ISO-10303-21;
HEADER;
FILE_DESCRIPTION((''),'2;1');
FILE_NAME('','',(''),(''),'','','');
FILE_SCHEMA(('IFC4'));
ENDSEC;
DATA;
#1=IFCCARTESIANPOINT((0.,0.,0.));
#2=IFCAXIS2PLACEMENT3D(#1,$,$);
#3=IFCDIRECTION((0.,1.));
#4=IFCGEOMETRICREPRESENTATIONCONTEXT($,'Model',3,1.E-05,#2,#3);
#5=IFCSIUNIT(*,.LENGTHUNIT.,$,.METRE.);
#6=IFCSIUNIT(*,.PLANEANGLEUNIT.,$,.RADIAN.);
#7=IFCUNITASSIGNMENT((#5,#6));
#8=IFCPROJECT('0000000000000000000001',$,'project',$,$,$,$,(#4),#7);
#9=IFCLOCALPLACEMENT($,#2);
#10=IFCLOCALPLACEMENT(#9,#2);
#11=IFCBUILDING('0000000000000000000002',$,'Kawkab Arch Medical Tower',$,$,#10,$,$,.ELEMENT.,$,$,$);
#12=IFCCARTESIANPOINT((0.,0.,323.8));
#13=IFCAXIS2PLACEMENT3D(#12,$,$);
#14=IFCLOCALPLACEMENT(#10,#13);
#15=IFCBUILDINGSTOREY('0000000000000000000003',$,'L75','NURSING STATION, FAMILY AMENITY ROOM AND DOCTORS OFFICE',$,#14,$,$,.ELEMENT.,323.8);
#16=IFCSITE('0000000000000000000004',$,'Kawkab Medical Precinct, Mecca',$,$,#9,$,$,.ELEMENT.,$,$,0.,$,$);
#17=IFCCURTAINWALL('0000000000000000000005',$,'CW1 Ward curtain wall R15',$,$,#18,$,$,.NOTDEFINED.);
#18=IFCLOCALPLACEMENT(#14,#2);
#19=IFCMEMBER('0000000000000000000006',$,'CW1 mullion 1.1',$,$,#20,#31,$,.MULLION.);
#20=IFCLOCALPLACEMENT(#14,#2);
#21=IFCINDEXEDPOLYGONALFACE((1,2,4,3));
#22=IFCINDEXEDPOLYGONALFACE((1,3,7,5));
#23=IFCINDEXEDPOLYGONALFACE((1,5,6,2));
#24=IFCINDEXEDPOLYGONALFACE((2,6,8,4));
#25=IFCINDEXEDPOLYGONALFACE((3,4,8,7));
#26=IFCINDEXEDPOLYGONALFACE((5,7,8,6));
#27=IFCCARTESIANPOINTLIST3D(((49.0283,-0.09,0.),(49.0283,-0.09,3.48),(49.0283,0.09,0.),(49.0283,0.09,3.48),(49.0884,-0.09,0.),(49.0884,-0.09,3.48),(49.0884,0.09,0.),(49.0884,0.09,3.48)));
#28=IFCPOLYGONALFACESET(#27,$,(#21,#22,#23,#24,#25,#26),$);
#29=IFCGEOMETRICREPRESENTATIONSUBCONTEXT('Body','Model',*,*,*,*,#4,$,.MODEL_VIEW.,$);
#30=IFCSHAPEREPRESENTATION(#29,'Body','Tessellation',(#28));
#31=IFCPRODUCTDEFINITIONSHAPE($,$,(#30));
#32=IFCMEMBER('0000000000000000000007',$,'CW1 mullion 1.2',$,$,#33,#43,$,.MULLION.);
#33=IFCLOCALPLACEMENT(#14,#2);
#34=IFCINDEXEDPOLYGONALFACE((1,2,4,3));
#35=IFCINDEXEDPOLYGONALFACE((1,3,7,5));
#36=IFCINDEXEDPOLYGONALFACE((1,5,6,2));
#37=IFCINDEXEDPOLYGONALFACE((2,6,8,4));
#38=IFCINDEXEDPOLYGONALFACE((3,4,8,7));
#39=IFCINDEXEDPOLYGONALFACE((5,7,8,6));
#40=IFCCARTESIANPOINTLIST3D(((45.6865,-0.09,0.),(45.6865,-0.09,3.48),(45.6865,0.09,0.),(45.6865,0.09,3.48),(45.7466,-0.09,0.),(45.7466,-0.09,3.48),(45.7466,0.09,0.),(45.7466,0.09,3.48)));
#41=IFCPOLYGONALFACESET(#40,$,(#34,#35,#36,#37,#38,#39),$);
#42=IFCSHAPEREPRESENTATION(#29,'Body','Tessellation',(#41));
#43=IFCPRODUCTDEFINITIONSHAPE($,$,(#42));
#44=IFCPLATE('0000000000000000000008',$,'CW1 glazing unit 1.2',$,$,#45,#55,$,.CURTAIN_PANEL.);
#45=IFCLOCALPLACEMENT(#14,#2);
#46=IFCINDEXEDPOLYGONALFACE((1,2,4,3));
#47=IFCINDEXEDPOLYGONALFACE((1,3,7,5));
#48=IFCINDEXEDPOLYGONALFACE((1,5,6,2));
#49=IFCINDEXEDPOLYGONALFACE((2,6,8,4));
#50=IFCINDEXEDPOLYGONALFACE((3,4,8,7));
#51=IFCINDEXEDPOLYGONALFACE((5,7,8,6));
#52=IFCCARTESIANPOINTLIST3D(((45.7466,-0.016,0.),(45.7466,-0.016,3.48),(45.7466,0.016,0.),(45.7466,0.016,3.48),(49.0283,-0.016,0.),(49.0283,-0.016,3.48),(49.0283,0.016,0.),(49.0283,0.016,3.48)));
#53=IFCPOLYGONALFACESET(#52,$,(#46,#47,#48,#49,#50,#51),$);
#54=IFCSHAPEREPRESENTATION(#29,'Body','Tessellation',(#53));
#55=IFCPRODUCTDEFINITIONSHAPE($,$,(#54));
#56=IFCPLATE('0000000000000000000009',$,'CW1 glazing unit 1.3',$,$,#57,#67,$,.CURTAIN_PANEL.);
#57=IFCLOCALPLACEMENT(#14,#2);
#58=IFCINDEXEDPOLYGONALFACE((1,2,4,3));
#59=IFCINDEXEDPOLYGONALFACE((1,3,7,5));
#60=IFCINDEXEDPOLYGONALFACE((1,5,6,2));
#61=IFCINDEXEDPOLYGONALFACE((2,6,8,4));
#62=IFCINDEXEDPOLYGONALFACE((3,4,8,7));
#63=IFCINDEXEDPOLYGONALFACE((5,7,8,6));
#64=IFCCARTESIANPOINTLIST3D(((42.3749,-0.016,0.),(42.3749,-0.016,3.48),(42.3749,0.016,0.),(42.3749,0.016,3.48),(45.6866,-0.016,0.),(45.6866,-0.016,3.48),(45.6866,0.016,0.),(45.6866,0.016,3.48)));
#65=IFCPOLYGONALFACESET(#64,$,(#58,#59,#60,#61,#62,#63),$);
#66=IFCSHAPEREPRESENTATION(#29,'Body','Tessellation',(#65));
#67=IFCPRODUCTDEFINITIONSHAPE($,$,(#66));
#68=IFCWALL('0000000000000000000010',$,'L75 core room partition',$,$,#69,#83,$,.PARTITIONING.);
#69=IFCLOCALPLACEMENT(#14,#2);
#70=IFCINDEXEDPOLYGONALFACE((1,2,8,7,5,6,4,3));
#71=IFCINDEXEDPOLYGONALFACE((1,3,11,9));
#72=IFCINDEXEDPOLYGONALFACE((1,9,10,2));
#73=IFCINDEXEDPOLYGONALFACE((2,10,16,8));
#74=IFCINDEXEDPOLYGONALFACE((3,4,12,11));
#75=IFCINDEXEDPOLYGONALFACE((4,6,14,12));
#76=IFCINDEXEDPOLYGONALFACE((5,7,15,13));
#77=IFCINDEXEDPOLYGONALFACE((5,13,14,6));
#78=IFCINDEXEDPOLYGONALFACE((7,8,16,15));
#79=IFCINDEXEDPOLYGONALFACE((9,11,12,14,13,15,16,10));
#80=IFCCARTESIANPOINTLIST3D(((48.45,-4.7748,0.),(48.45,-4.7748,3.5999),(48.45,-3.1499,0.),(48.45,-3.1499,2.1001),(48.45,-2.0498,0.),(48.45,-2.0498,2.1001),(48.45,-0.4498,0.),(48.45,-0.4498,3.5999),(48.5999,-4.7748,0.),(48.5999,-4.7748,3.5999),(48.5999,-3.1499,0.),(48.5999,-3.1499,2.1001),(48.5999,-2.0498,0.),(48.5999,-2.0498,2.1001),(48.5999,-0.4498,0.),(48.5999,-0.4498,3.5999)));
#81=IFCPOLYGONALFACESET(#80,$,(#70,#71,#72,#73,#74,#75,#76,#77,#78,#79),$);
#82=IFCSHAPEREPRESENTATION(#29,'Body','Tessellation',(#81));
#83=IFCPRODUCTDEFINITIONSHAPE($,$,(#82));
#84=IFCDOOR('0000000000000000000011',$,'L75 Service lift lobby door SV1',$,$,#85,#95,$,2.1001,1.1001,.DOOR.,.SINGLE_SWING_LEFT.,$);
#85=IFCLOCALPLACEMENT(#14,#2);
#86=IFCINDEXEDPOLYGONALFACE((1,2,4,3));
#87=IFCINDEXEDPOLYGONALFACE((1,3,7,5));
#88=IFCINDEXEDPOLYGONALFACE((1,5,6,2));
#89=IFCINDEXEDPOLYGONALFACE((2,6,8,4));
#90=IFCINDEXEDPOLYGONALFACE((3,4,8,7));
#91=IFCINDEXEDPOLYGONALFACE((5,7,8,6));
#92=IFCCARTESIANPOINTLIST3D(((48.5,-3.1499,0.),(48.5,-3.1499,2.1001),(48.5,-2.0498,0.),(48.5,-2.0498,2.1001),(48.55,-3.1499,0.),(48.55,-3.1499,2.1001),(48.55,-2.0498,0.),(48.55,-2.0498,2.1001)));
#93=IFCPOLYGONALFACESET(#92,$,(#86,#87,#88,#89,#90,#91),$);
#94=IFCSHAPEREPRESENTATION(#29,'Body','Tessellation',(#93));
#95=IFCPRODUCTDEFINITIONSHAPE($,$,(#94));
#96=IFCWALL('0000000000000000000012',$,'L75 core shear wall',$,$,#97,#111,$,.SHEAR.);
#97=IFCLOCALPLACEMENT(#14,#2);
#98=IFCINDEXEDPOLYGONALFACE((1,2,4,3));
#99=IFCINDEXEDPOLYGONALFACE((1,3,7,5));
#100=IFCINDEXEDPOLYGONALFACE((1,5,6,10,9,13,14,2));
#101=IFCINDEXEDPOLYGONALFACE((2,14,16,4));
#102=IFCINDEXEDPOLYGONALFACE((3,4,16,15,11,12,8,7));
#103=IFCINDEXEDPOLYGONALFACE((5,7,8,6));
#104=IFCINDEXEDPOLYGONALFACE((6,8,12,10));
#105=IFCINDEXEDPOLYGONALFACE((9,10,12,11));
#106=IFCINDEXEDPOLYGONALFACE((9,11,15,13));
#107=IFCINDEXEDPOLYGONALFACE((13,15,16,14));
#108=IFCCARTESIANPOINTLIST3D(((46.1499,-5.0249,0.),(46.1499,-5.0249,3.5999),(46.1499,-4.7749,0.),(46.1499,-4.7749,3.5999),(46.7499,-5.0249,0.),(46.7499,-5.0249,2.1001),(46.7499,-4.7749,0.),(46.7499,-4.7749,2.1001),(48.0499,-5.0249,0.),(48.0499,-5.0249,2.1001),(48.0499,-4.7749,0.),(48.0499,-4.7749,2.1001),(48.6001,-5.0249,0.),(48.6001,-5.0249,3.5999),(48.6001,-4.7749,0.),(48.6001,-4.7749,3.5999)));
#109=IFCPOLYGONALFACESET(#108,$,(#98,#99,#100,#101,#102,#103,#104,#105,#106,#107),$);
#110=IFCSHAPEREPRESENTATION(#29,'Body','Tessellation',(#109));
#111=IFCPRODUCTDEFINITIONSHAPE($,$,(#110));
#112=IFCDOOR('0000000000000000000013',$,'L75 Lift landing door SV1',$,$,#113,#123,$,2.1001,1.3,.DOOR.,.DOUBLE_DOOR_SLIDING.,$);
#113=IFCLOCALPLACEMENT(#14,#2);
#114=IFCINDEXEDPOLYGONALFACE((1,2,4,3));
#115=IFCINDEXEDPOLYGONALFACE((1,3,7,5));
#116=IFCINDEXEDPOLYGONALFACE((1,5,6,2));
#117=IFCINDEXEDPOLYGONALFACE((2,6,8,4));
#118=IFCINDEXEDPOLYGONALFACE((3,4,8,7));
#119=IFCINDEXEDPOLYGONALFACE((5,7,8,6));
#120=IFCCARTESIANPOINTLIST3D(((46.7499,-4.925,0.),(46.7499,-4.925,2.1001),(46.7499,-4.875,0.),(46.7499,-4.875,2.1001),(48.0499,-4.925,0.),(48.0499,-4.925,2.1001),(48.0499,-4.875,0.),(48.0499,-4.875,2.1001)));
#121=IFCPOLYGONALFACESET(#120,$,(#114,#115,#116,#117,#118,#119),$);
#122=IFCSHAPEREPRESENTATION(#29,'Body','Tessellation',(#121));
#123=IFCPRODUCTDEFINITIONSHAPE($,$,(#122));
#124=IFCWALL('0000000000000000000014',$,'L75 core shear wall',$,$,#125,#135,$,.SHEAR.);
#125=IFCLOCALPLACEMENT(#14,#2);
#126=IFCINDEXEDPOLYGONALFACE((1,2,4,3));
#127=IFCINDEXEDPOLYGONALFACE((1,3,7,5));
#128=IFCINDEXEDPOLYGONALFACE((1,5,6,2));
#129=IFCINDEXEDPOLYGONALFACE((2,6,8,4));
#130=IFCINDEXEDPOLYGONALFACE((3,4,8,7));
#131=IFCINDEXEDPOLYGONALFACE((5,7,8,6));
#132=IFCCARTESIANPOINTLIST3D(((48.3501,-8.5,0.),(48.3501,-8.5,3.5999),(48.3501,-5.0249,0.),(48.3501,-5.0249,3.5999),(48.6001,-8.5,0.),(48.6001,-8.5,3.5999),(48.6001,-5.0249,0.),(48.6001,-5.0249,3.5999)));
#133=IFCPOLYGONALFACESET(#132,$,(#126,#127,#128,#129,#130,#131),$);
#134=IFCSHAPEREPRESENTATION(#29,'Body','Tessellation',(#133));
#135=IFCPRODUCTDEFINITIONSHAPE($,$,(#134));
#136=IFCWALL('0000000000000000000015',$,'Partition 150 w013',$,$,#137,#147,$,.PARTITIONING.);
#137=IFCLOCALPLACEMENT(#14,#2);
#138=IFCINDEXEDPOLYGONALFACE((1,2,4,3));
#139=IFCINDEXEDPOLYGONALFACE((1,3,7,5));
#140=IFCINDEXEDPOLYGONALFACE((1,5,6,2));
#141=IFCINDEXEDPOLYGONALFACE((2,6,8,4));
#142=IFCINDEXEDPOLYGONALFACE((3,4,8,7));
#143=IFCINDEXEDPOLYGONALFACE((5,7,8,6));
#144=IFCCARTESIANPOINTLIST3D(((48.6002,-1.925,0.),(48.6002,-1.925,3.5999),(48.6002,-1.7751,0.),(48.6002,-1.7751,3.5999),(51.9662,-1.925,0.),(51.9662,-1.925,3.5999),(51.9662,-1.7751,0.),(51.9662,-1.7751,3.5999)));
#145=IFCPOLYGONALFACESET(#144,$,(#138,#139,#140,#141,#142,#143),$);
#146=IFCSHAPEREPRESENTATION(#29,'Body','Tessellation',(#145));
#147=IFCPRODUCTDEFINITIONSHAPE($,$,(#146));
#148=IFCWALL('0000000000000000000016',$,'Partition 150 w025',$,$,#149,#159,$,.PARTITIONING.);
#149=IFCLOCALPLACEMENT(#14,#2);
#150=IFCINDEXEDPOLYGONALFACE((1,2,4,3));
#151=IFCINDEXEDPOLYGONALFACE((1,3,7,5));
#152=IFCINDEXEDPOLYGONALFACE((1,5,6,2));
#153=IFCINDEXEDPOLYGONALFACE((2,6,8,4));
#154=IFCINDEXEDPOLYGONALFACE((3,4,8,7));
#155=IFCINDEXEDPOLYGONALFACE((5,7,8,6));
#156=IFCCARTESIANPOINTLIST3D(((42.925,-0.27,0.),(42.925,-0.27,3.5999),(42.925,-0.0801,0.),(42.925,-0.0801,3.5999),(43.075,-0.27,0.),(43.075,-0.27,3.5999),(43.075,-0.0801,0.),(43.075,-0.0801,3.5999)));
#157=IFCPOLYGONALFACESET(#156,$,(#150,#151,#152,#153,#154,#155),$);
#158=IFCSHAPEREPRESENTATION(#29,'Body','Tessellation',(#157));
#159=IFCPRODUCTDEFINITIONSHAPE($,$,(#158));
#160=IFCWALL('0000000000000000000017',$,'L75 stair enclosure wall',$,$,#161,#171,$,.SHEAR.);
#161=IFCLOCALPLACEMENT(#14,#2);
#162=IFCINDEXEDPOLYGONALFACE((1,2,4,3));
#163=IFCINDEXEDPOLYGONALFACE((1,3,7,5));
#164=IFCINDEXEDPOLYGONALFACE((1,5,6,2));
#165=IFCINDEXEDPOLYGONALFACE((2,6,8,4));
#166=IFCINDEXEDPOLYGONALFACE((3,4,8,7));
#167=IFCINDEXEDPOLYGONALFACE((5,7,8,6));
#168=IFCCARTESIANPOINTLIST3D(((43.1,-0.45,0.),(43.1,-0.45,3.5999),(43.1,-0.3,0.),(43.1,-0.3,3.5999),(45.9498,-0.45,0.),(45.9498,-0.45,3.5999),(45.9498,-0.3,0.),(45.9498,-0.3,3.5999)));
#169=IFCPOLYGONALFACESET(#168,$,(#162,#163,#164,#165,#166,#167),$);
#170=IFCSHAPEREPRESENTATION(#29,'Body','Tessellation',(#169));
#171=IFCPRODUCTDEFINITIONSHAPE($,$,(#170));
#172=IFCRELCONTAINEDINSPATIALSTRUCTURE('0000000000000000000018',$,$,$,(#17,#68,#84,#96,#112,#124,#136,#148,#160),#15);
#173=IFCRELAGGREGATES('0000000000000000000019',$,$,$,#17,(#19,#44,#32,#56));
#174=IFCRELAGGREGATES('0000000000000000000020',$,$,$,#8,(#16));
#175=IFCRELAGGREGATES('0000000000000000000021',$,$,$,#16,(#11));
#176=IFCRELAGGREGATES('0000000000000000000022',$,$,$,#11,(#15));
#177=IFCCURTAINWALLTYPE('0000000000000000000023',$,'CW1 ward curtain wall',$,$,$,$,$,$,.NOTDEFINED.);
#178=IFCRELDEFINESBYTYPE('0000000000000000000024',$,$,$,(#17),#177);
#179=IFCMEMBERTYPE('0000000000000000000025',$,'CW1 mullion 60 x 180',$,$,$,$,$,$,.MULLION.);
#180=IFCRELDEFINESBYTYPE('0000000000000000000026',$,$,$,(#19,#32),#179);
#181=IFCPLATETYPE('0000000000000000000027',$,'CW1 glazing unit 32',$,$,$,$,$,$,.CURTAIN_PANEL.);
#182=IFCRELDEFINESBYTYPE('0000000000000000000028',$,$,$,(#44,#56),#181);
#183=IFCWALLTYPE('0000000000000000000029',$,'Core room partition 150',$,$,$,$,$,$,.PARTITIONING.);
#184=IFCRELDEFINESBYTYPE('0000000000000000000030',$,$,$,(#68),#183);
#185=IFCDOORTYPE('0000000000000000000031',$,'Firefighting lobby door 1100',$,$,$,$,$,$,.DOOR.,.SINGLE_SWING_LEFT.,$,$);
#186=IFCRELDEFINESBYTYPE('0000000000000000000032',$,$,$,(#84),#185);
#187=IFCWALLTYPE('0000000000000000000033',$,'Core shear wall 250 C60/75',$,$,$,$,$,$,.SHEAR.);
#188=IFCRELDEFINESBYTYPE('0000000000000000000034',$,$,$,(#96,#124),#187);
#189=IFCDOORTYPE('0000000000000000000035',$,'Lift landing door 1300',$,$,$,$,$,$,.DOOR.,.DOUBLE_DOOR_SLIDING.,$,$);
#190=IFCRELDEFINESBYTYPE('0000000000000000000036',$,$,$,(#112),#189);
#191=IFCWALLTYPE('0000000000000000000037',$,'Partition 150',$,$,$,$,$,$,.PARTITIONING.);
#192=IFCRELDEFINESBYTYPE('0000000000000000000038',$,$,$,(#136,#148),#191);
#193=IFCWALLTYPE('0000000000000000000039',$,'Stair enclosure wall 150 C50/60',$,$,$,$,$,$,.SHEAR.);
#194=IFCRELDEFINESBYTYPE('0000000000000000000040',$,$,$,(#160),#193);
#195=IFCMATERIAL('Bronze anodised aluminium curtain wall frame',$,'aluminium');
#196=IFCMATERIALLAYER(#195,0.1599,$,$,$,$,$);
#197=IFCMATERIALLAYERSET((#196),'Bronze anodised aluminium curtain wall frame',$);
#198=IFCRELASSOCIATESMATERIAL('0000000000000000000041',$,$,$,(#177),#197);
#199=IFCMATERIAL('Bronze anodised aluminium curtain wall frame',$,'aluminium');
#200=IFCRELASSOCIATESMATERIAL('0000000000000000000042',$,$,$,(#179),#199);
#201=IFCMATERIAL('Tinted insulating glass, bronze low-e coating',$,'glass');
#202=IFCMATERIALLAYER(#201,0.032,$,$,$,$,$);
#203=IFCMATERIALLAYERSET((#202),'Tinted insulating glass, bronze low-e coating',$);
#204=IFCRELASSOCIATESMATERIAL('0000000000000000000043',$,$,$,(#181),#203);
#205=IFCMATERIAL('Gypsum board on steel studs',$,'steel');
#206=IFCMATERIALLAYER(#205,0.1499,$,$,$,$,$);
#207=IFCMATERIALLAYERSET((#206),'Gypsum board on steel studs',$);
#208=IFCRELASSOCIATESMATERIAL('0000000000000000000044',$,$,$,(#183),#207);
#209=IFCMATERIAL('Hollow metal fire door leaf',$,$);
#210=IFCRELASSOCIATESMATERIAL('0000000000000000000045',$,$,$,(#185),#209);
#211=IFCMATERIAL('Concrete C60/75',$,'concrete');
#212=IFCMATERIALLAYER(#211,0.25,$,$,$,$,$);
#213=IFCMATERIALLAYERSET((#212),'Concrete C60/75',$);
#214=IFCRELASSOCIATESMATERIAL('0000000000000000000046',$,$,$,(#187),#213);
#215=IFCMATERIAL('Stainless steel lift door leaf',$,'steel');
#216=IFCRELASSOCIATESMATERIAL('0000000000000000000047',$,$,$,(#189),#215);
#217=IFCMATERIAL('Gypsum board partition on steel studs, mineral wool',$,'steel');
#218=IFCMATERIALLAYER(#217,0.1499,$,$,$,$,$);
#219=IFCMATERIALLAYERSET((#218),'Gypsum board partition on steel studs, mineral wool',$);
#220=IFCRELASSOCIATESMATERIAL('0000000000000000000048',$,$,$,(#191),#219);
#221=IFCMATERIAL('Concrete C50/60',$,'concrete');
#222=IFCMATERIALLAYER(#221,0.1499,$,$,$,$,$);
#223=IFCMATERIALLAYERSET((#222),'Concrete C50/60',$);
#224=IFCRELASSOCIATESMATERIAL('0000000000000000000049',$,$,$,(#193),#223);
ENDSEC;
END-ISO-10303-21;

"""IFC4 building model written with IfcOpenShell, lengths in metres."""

from ifc_helpers import new_model, si_unit, direction, frame, frame_2d, origin, origin_2d, place, context, subcontext, project, spatial, rectangle, extrude, material, layer, layer_set, material_profile, profile_set, type_object, element, fill, aggregate, save


model = new_model("IFC4")

# Units and contexts
model_context = context("Model", 3, precision=1e-05, world=origin(), true_north=direction((0.0, 1.0)))
body_context = subcontext(model_context, "Body", "Model", "MODEL_VIEW")
ifc_project = project(units=[si_unit("LENGTHUNIT", "METRE"), si_unit("PLANEANGLEUNIT", "RADIAN")], contexts=[model_context])

# Site, building, storey
site_placement = place(None, origin())
site = spatial("IfcSite", under=ifc_project, at=site_placement, Name="Kawkab Medical Precinct, Mecca", CompositionType="ELEMENT", RefElevation=0.0)
building_placement = place(site_placement, origin())
building = spatial("IfcBuilding", under=site, at=building_placement, Name="Kawkab Arch Medical Tower", CompositionType="ELEMENT")
storey_placement = place(building_placement, frame((0.0, 0.0, 323.8)))
storey = spatial("IfcBuildingStorey", under=building, at=storey_placement, Name="L75", Description="NURSING STATION, FAMILY AMENITY ROOM AND DOCTORS OFFICE", CompositionType="ELEMENT", Elevation=323.8)

# Curtain wall, members, plates
ifc_material_1 = material(Name="Bronze anodised aluminium curtain wall frame", Category="aluminium")
ifc_layer_1 = layer(ifc_material_1, 0.1599)
ifc_layer_set_1 = layer_set([ifc_layer_1], Name="Bronze anodised aluminium curtain wall frame")
curtain_wall_type = type_object("IfcCurtainWallType", Name="CW1 ward curtain wall", PredefinedType="NOTDEFINED", material=ifc_layer_set_1)
placement = place(storey_placement, origin())
curtain_wall = element("IfcCurtainWall", 1, at=placement, inside=storey, type_object=curtain_wall_type, Name="CW1 Ward curtain wall R15", PredefinedType="NOTDEFINED")
ifc_material_2 = material(Name="Bronze anodised aluminium curtain wall frame", Category="aluminium")
ifc_material_profile_1 = material_profile(ifc_material_2, rectangle(XDim=0.1799, YDim=0.0601, at=origin_2d()), Name="AL 60x180")
ifc_profile_set_1 = profile_set([ifc_material_profile_1], Name="Bronze anodised aluminium curtain wall frame")
member_type = type_object("IfcMemberType", Name="CW1 mullion 60 x 180", PredefinedType="MULLION", material=ifc_profile_set_1)
member_1_placement = place(storey_placement, frame((49.0583, 0.0, 0.0), z_axis=(0.0, 0.0, 1.0), x_axis=(0.0, -1.0, 0.0)))
member_1 = element("IfcMember", 2, at=member_1_placement, type_object=member_type, Name="CW1 mullion 1.1", PredefinedType="MULLION", context=body_context, shape_type="SweptSolid", body=[
    extrude(rectangle(XDim=0.1799, YDim=0.0601, at=origin_2d()), origin(), (0.0, 0.0, 1.0), 3.48),
])
member_2_placement = place(storey_placement, frame((45.7166, 0.0, 0.0), z_axis=(0.0, 0.0, 1.0), x_axis=(0.0, -1.0, 0.0)))
member_2 = element("IfcMember", 3, at=member_2_placement, type_object=member_type, Name="CW1 mullion 1.2", PredefinedType="MULLION", context=body_context, shape_type="SweptSolid", body=[
    extrude(rectangle(XDim=0.1799, YDim=0.0601, at=origin_2d()), origin(), (0.0, 0.0, 1.0), 3.48),
])
ifc_material_3 = material(Name="Tinted insulating glass, bronze low-e coating", Category="glass")
ifc_layer_2 = layer(ifc_material_3, 0.032)
ifc_layer_set_2 = layer_set([ifc_layer_2], Name="Tinted insulating glass, bronze low-e coating")
plate_type = type_object("IfcPlateType", Name="CW1 glazing unit 32", PredefinedType="CURTAIN_PANEL", material=ifc_layer_set_2)
plate_1_placement = place(storey_placement, frame((47.3875, 0.0, 0.0), z_axis=(0.0, 0.0, 1.0), x_axis=(-1.0, 0.0, 0.0)))
plate_1 = element("IfcPlate", 4, at=plate_1_placement, type_object=plate_type, Name="CW1 glazing unit 1.2", PredefinedType="CURTAIN_PANEL", context=body_context, shape_type="SweptSolid", body=[
    extrude(rectangle(XDim=3.2817, YDim=0.032, at=origin_2d()), origin(), (0.0, 0.0, 1.0), 3.48),
])
plate_2_placement = place(storey_placement, frame((44.0308, 0.0, 0.0), z_axis=(0.0, 0.0, 1.0), x_axis=(-1.0, 0.0, 0.0)))
plate_2 = element("IfcPlate", 5, at=plate_2_placement, type_object=plate_type, Name="CW1 glazing unit 1.3", PredefinedType="CURTAIN_PANEL", context=body_context, shape_type="SweptSolid", body=[
    extrude(rectangle(XDim=3.3118, YDim=0.032, at=origin_2d()), origin(), (0.0, 0.0, 1.0), 3.48),
])
aggregate(curtain_wall, [member_1, plate_1, member_2, plate_2])

# Walls, openings, doors
ifc_material_4 = material(Name="Gypsum board on steel studs", Category="steel")
ifc_layer_3 = layer(ifc_material_4, 0.1499)
ifc_layer_set_3 = layer_set([ifc_layer_3], Name="Gypsum board on steel studs")
wall_type_1 = type_object("IfcWallType", Name="Core room partition 150", PredefinedType="PARTITIONING", material=ifc_layer_set_3)
wall_1_placement = place(storey_placement, frame((48.5249, -4.7749, 0.0), z_axis=(0.0, 0.0, 1.0), x_axis=(0.0, 1.0, 0.0)))
wall_1 = element("IfcWall", 6, at=wall_1_placement, inside=storey, type_object=wall_type_1, Name="L75 core room partition", PredefinedType="PARTITIONING", context=body_context, shape_type="SweptSolid", body=[
    extrude(rectangle(XDim=4.325, YDim=0.1499, at=frame_2d((2.1626, 0.0))), origin(), (0.0, 0.0, 1.0), 3.5999),
])
opening_1_placement = place(wall_1_placement, frame((1.625, 0.0, 0.0)))
opening_1 = element("IfcOpeningElement", 7, at=opening_1_placement, cuts=wall_1, PredefinedType="OPENING", context=body_context, shape_type="SweptSolid", body=[
    extrude(rectangle(XDim=1.1001, YDim=2.1001, at=frame_2d((0.55, 1.05))), frame((0.0, 0.085, 0.0), z_axis=(0.0, -1.0, 0.0), x_axis=(1.0, 0.0, 0.0)), (0.0, 0.0, 1.0), 0.1699),
])
ifc_material_5 = material(Name="Hollow metal fire door leaf")
door_type_1 = type_object("IfcDoorType", Name="Firefighting lobby door 1100", OperationType="SINGLE_SWING_LEFT", PredefinedType="DOOR", material=ifc_material_5)
door_1_placement = place(opening_1_placement, origin())
door_1 = element("IfcDoor", 8, at=door_1_placement, inside=storey, type_object=door_type_1, Name="L75 Service lift lobby door SV1", OperationType="SINGLE_SWING_LEFT", OverallHeight=2.1001, OverallWidth=1.1001, PredefinedType="DOOR", context=body_context, shape_type="SweptSolid", body=[
    extrude(rectangle(XDim=1.1001, YDim=2.1001, at=frame_2d((0.55, 1.05))), frame((0.0, 0.0249, 0.0), z_axis=(0.0, -1.0, 0.0), x_axis=(1.0, 0.0, 0.0)), (0.0, 0.0, 1.0), 0.05),
])
fill(opening_1, door_1)
ifc_material_6 = material(Name="Concrete C60/75", Category="concrete")
ifc_layer_4 = layer(ifc_material_6, 0.25)
ifc_layer_set_4 = layer_set([ifc_layer_4], Name="Concrete C60/75")
wall_type_2 = type_object("IfcWallType", Name="Core shear wall 250 C60/75", PredefinedType="SHEAR", material=ifc_layer_set_4)
wall_2_placement = place(storey_placement, frame((46.1499, -4.8999, 0.0), z_axis=(0.0, 0.0, 1.0), x_axis=(1.0, 0.0, 0.0)))
wall_2 = element("IfcWall", 9, at=wall_2_placement, inside=storey, type_object=wall_type_2, Name="L75 core shear wall", PredefinedType="SHEAR", context=body_context, shape_type="SweptSolid", body=[
    extrude(rectangle(XDim=2.4502, YDim=0.25, at=frame_2d((1.2251, 0.0))), origin(), (0.0, 0.0, 1.0), 3.5999),
])
opening_2_placement = place(wall_2_placement, frame((0.6001, 0.0, 0.0)))
opening_2 = element("IfcOpeningElement", 10, at=opening_2_placement, cuts=wall_2, PredefinedType="OPENING", context=body_context, shape_type="SweptSolid", body=[
    extrude(rectangle(XDim=1.3, YDim=2.1001, at=frame_2d((0.6499, 1.05))), frame((0.0, 0.135, 0.0), z_axis=(0.0, -1.0, 0.0), x_axis=(1.0, 0.0, 0.0)), (0.0, 0.0, 1.0), 0.27),
])
ifc_material_7 = material(Name="Stainless steel lift door leaf", Category="steel")
door_type_2 = type_object("IfcDoorType", Name="Lift landing door 1300", OperationType="DOUBLE_DOOR_SLIDING", PredefinedType="DOOR", material=ifc_material_7)
door_2_placement = place(opening_2_placement, origin())
door_2 = element("IfcDoor", 11, at=door_2_placement, inside=storey, type_object=door_type_2, Name="L75 Lift landing door SV1", OperationType="DOUBLE_DOOR_SLIDING", OverallHeight=2.1001, OverallWidth=1.3, PredefinedType="DOOR", context=body_context, shape_type="SweptSolid", body=[
    extrude(rectangle(XDim=1.3, YDim=2.1001, at=frame_2d((0.6499, 1.05))), frame((0.0, 0.0249, 0.0), z_axis=(0.0, -1.0, 0.0), x_axis=(1.0, 0.0, 0.0)), (0.0, 0.0, 1.0), 0.05),
])
fill(opening_2, door_2)

# Walls
wall_3_placement = place(storey_placement, frame((48.4751, -8.5, 0.0), z_axis=(0.0, 0.0, 1.0), x_axis=(0.0, 1.0, 0.0)))
element("IfcWall", 12, at=wall_3_placement, inside=storey, type_object=wall_type_2, Name="L75 core shear wall", PredefinedType="SHEAR", context=body_context, shape_type="SweptSolid", body=[
    extrude(rectangle(XDim=3.4751, YDim=0.25, at=frame_2d((1.7375, 0.0))), origin(), (0.0, 0.0, 1.0), 3.5999),
])
ifc_material_8 = material(Name="Gypsum board partition on steel studs, mineral wool", Category="steel")
ifc_layer_5 = layer(ifc_material_8, 0.1499)
ifc_layer_set_5 = layer_set([ifc_layer_5], Name="Gypsum board partition on steel studs, mineral wool")
wall_type_3 = type_object("IfcWallType", Name="Partition 150", PredefinedType="PARTITIONING", material=ifc_layer_set_5)
wall_4_placement = place(storey_placement, frame((48.6001, -1.8501, 0.0), z_axis=(0.0, 0.0, 1.0), x_axis=(1.0, 0.0, 0.0)))
element("IfcWall", 13, at=wall_4_placement, inside=storey, type_object=wall_type_3, Name="Partition 150 w013", PredefinedType="PARTITIONING", context=body_context, shape_type="SweptSolid", body=[
    extrude(rectangle(XDim=3.366, YDim=0.1499, at=frame_2d((1.6831, 0.0))), origin(), (0.0, 0.0, 1.0), 3.5999),
])
wall_5_placement = place(storey_placement, frame((43.0, -0.27, 0.0), z_axis=(0.0, 0.0, 1.0), x_axis=(0.0, 1.0, 0.0)))
element("IfcWall", 14, at=wall_5_placement, inside=storey, type_object=wall_type_3, Name="Partition 150 w025", PredefinedType="PARTITIONING", context=body_context, shape_type="SweptSolid", body=[
    extrude(rectangle(XDim=0.1899, YDim=0.1499, at=frame_2d((0.095, 0.0))), origin(), (0.0, 0.0, 1.0), 3.5999),
])
ifc_material_9 = material(Name="Concrete C50/60", Category="concrete")
ifc_layer_6 = layer(ifc_material_9, 0.1499)
ifc_layer_set_6 = layer_set([ifc_layer_6], Name="Concrete C50/60")
wall_type_4 = type_object("IfcWallType", Name="Stair enclosure wall 150 C50/60", PredefinedType="SHEAR", material=ifc_layer_set_6)
wall_6_placement = place(storey_placement, frame((43.1001, -0.375, 0.0), z_axis=(0.0, 0.0, 1.0), x_axis=(1.0, 0.0, 0.0)))
element("IfcWall", 15, at=wall_6_placement, inside=storey, type_object=wall_type_4, Name="L75 stair enclosure wall", PredefinedType="SHEAR", context=body_context, shape_type="SweptSolid", body=[
    extrude(rectangle(XDim=2.8499, YDim=0.1499, at=frame_2d((1.4248, 0.0))), origin(), (0.0, 0.0, 1.0), 3.5999),
])

save(model, "model.ifc")
